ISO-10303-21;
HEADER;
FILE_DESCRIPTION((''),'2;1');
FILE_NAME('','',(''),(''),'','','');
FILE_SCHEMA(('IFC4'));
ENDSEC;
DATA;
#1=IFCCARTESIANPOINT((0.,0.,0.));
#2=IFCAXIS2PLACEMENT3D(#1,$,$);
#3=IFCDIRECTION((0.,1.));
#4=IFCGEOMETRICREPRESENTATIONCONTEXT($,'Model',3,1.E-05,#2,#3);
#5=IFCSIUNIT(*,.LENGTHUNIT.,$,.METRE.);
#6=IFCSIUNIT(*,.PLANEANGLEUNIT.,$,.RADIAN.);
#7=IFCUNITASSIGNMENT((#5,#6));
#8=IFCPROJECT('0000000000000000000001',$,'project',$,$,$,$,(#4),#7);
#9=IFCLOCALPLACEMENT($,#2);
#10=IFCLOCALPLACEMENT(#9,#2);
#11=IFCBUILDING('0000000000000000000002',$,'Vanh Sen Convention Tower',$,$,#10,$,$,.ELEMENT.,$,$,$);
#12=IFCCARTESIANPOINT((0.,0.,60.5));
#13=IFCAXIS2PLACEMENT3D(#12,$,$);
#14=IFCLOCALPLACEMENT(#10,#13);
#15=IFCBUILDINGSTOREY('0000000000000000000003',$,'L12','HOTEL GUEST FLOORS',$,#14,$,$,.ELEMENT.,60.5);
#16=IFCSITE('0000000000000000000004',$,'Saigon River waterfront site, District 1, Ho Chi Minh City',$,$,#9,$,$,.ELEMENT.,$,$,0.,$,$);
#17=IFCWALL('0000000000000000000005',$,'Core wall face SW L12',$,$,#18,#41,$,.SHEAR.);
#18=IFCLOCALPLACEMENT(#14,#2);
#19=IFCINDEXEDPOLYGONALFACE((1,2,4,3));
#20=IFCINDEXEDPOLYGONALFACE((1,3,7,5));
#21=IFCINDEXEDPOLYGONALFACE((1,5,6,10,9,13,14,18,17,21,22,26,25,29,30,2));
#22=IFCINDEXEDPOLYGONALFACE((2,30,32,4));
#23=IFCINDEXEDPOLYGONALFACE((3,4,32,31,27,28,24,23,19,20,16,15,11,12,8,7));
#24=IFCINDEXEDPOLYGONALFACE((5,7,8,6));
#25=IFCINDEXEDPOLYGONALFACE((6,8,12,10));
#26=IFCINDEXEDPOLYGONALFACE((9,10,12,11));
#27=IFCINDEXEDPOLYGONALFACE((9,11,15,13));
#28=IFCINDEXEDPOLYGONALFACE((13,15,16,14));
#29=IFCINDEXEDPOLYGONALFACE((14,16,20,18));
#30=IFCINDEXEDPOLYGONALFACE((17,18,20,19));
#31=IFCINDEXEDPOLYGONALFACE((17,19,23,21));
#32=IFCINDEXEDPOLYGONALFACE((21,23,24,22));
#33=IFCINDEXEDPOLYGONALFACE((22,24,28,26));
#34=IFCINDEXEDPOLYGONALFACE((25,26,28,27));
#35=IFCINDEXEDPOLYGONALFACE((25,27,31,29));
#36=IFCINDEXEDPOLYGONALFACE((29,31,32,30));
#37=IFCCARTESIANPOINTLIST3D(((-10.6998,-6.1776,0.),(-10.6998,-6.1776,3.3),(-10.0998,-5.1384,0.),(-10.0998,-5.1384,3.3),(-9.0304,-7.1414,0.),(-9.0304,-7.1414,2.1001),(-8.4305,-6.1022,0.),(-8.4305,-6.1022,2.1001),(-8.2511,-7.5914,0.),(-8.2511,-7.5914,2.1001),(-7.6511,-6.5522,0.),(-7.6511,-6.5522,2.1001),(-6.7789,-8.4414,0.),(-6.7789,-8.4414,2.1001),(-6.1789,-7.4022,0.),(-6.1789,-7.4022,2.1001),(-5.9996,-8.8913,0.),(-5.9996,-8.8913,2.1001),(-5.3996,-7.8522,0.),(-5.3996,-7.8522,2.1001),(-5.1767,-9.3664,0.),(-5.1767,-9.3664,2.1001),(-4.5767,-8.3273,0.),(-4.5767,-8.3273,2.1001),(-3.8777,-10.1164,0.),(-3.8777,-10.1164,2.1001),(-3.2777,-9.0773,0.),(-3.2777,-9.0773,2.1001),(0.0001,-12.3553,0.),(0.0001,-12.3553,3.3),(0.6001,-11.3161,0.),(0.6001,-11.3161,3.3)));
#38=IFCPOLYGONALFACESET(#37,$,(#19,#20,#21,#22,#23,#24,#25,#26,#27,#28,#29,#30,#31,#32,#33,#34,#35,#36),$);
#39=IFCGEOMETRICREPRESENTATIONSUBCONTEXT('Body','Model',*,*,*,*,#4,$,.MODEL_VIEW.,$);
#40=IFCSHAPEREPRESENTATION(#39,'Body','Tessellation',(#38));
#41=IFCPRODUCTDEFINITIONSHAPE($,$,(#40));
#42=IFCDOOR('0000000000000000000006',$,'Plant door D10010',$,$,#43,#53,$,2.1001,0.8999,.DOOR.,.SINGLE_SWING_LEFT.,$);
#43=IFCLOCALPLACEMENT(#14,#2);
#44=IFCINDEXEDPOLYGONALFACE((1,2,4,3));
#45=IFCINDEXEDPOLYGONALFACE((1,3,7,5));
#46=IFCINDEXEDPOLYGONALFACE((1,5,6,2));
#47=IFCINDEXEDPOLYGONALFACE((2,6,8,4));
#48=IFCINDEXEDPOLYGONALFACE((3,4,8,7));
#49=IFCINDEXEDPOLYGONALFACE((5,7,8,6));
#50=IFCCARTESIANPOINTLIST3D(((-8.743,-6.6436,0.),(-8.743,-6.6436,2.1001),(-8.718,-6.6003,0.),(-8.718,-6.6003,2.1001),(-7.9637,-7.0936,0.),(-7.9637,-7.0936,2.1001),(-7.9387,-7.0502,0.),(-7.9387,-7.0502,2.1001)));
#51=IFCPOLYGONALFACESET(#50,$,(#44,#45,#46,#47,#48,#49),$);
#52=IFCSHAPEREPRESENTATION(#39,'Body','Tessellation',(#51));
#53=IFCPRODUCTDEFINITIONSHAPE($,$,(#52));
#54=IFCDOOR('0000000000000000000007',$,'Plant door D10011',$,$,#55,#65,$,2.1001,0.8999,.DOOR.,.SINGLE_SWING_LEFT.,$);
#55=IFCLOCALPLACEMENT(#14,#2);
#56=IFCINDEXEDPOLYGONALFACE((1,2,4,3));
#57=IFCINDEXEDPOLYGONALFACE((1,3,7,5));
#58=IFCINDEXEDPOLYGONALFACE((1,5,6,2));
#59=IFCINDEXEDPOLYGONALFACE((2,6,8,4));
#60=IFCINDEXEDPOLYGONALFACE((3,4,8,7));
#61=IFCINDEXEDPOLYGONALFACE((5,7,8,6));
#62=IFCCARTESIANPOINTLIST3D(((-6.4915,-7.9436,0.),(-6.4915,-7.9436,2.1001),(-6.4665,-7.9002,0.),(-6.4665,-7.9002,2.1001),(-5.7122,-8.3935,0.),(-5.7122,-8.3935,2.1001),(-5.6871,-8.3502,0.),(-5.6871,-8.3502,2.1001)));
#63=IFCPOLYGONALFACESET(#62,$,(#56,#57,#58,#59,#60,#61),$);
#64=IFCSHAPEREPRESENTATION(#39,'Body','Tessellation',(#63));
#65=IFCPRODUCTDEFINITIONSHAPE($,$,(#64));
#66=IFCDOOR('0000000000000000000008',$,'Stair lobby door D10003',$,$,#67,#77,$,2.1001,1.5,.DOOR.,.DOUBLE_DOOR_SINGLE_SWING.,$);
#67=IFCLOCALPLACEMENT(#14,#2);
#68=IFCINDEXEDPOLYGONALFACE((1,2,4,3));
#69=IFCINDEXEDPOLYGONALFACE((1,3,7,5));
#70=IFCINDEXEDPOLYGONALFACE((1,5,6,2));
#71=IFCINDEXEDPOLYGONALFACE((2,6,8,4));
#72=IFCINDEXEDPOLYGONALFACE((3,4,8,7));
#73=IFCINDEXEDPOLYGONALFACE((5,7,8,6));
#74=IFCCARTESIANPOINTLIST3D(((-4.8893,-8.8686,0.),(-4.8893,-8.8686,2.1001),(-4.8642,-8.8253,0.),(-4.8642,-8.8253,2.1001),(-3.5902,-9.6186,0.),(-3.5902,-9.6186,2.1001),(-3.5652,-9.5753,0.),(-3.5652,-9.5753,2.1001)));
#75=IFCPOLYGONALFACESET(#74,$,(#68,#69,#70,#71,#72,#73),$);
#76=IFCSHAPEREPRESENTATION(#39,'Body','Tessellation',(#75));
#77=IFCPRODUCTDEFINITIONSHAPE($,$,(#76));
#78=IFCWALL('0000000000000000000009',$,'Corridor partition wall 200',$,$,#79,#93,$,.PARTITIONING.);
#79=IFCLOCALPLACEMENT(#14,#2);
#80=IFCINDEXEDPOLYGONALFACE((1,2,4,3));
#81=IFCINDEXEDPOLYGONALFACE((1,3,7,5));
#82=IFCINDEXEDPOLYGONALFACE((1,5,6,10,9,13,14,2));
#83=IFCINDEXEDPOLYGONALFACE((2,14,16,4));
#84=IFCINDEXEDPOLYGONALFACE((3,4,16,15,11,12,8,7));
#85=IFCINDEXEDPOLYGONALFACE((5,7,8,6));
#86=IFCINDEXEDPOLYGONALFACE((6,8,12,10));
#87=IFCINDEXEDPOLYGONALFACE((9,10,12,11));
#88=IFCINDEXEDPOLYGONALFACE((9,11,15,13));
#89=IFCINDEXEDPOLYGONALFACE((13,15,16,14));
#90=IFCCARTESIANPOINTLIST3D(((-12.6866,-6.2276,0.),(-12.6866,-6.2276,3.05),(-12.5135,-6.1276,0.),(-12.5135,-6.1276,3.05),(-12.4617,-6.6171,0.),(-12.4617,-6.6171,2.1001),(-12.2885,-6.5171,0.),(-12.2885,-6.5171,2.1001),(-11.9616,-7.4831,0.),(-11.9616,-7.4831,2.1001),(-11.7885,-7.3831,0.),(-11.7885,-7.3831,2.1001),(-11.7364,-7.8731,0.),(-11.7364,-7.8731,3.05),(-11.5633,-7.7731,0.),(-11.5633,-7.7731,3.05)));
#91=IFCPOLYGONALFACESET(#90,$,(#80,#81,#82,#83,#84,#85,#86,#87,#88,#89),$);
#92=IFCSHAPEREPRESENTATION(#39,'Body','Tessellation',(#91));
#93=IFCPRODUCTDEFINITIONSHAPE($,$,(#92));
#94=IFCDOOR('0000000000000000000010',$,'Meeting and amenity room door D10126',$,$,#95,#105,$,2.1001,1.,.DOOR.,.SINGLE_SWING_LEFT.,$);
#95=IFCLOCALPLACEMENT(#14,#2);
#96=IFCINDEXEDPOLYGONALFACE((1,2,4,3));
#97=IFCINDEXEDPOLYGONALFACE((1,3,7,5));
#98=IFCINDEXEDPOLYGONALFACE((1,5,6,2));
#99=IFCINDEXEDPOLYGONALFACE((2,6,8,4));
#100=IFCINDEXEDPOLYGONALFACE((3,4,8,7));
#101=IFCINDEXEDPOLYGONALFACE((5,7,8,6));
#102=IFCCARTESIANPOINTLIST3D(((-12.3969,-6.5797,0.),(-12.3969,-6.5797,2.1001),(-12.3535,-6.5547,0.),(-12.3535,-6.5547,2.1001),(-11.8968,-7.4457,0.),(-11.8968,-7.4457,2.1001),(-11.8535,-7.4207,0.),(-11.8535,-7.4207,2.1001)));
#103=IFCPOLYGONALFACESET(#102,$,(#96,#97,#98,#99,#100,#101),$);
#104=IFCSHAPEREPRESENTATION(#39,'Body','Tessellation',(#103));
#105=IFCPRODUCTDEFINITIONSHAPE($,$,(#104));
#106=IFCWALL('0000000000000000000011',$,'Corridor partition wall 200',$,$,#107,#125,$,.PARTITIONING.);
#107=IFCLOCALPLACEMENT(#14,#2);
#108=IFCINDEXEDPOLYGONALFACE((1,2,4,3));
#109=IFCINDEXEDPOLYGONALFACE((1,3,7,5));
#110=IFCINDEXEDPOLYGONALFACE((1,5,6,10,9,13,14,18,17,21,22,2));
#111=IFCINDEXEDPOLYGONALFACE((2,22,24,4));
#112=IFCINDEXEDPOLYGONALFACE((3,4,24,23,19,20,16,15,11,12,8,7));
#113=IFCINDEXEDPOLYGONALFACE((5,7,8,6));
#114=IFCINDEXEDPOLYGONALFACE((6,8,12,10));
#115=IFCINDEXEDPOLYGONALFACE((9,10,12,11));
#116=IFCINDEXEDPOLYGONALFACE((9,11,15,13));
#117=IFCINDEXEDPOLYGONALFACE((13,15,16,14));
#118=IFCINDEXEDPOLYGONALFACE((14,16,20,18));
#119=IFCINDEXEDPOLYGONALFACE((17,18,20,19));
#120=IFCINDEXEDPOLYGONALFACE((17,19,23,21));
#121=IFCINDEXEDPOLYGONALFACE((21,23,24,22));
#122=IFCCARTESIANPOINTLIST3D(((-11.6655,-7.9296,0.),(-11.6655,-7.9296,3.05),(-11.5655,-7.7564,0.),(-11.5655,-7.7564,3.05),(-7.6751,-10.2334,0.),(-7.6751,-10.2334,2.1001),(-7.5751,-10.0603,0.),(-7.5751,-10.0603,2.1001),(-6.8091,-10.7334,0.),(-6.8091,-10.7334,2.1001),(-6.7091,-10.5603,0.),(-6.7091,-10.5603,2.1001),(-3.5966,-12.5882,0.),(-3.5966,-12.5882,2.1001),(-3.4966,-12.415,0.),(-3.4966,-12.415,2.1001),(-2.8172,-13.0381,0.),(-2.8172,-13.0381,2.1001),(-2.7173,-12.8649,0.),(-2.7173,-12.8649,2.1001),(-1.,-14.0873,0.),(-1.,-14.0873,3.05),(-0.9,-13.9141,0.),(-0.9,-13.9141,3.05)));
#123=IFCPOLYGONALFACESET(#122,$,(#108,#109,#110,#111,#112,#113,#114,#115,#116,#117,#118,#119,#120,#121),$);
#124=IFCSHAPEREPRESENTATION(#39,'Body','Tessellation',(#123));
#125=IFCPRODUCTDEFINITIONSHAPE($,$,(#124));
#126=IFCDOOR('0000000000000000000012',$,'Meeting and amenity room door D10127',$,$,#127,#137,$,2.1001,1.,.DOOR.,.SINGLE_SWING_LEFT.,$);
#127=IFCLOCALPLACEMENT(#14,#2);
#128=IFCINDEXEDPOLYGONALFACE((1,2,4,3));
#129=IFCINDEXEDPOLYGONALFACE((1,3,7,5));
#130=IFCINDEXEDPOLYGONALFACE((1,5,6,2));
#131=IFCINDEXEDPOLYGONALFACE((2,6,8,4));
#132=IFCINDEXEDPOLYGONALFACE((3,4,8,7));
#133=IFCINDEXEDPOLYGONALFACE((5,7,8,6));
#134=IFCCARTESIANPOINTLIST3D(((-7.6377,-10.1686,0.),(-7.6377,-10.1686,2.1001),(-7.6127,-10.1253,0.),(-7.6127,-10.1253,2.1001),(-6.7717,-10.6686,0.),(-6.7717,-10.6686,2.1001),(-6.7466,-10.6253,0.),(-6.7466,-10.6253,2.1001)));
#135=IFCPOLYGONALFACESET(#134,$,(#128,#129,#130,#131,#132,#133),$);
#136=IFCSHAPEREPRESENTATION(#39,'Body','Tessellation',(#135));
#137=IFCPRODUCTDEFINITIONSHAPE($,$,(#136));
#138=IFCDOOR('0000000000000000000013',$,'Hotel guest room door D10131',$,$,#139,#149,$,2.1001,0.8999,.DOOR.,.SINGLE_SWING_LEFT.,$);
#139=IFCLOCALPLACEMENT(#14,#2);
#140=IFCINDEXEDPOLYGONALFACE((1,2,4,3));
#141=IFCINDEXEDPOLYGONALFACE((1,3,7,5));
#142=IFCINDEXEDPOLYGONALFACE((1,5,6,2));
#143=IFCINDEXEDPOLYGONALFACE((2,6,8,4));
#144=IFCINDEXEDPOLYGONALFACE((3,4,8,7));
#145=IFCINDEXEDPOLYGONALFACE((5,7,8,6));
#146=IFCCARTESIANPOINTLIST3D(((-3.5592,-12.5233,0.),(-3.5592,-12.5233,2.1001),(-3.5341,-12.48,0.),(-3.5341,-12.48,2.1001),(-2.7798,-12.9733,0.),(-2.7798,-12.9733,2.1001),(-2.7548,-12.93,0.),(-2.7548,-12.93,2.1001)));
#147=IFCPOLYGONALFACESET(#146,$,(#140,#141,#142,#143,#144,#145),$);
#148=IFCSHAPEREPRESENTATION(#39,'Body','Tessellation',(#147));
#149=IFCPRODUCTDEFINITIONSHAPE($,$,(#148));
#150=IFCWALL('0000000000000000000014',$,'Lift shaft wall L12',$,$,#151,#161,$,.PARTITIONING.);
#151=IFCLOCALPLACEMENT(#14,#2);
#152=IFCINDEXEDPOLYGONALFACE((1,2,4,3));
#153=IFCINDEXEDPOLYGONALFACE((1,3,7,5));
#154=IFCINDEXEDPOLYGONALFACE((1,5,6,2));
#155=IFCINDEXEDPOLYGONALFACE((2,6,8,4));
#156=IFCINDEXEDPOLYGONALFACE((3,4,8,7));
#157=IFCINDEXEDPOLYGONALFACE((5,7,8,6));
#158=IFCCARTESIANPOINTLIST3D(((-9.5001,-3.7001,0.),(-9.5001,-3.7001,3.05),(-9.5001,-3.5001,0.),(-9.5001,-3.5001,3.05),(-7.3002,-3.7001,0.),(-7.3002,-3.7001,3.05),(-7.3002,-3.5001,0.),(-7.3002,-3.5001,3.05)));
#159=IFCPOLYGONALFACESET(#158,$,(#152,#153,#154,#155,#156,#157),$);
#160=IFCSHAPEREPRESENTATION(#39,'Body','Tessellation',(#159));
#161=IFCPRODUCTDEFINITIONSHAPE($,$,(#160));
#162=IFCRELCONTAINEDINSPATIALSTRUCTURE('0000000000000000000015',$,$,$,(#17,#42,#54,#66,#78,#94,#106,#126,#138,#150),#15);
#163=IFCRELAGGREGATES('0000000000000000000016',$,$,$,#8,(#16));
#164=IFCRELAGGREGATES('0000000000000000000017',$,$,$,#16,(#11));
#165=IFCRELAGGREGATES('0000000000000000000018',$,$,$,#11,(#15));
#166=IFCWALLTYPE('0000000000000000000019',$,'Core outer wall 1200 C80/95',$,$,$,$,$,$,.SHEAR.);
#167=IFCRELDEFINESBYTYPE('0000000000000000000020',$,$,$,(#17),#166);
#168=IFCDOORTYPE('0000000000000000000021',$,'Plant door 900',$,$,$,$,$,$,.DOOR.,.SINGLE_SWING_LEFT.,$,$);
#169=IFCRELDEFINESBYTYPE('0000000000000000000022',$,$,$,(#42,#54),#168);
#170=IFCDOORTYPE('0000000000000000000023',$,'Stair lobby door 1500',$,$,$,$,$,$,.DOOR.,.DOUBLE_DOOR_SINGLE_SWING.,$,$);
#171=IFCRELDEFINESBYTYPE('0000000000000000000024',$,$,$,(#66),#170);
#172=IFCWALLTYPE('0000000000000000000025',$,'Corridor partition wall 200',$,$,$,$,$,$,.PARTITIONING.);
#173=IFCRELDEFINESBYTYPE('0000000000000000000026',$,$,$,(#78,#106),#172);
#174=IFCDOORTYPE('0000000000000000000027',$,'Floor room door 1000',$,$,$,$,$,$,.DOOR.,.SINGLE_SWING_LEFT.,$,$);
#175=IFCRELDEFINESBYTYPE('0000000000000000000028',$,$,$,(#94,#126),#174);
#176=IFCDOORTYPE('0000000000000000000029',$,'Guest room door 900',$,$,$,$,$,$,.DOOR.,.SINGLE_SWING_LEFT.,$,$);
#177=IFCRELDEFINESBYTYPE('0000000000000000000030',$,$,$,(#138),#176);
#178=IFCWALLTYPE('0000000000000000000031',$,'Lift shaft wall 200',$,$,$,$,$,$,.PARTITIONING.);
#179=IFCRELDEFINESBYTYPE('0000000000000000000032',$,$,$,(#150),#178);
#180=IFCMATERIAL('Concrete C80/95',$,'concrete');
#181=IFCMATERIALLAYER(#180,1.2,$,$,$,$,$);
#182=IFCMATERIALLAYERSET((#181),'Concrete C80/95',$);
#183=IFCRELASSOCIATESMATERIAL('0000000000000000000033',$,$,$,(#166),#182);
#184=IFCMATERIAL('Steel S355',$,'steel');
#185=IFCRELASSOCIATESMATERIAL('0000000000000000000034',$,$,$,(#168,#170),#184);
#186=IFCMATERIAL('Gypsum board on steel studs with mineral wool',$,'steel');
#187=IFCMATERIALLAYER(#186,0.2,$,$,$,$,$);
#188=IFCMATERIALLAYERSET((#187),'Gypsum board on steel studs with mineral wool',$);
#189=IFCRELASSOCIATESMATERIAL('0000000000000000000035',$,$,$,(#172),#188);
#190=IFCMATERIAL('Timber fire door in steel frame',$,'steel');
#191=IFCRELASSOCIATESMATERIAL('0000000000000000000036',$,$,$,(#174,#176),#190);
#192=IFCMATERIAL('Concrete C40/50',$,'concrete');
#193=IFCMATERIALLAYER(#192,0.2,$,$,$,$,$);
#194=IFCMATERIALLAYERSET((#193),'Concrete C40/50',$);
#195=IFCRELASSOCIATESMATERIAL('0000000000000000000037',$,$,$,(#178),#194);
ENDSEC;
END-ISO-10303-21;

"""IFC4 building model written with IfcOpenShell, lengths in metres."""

from ifc_helpers import new_model, si_unit, direction, frame, frame_2d, origin, place, context, subcontext, project, spatial, rectangle, extrude, material, layer, layer_set, type_object, element, fill, save


model = new_model("IFC4")

# Units and contexts
model_context = context("Model", 3, precision=1e-05, world=origin(), true_north=direction((0.0, 1.0)))
body_context = subcontext(model_context, "Body", "Model", "MODEL_VIEW")
ifc_project = project(units=[si_unit("LENGTHUNIT", "METRE"), si_unit("PLANEANGLEUNIT", "RADIAN")], contexts=[model_context])

# Site, building, storey
site_placement = place(None, origin())
site = spatial("IfcSite", under=ifc_project, at=site_placement, Name="Saigon River waterfront site, District 1, Ho Chi Minh City", CompositionType="ELEMENT", RefElevation=0.0)
building_placement = place(site_placement, origin())
building = spatial("IfcBuilding", under=site, at=building_placement, Name="Vanh Sen Convention Tower", CompositionType="ELEMENT")
storey_placement = place(building_placement, frame((0.0, 0.0, 60.5)))
storey = spatial("IfcBuildingStorey", under=building, at=storey_placement, Name="L12", Description="HOTEL GUEST FLOORS", CompositionType="ELEMENT", Elevation=60.5)

# Wall, openings, doors
ifc_material_1 = material(Name="Concrete C80/95", Category="concrete")
ifc_layer_1 = layer(ifc_material_1, 1.2)
ifc_layer_set_1 = layer_set([ifc_layer_1], Name="Concrete C80/95")
wall_type_1 = type_object("IfcWallType", Name="Core outer wall 1200 C80/95", PredefinedType="SHEAR", material=ifc_layer_set_1)
wall_1_placement = place(storey_placement, frame((-10.3999, -5.658, 0.0), z_axis=(0.0, 0.0, 1.0), x_axis=(0.866021, -0.500007, 0.0)))
wall_1 = element("IfcWall", 1, at=wall_1_placement, inside=storey, type_object=wall_type_1, Name="Core wall face SW L12", PredefinedType="SHEAR", context=body_context, shape_type="SweptSolid", body=[
    extrude(rectangle(XDim=12.3552, YDim=1.2, at=frame_2d((6.1777, 0.0))), origin(), (0.0, 0.0, 1.0), 3.3),
])
opening_1_placement = place(wall_1_placement, frame((6.3777, 0.0, 0.0)))
opening_1 = element("IfcOpeningElement", 2, at=opening_1_placement, cuts=wall_1, PredefinedType="OPENING", context=body_context, shape_type="SweptSolid", body=[
    extrude(rectangle(XDim=1.5, YDim=2.1001, at=frame_2d((0.75, 1.05))), frame((0.0, 0.6099, 0.0), z_axis=(0.0, -1.0, 0.0), x_axis=(1.0, 0.0, 0.0)), (0.0, 0.0, 1.0), 1.22),
])
opening_2_placement = place(wall_1_placement, frame((1.9277, 0.0, 0.0)))
opening_2 = element("IfcOpeningElement", 3, at=opening_2_placement, cuts=wall_1, PredefinedType="OPENING", context=body_context, shape_type="SweptSolid", body=[
    extrude(rectangle(XDim=0.8999, YDim=2.1001, at=frame_2d((0.45, 1.05))), frame((0.0, 0.6099, 0.0), z_axis=(0.0, -1.0, 0.0), x_axis=(1.0, 0.0, 0.0)), (0.0, 0.0, 1.0), 1.22),
])
opening_3_placement = place(wall_1_placement, frame((4.5276, 0.0, 0.0)))
opening_3 = element("IfcOpeningElement", 4, at=opening_3_placement, cuts=wall_1, PredefinedType="OPENING", context=body_context, shape_type="SweptSolid", body=[
    extrude(rectangle(XDim=0.8999, YDim=2.1001, at=frame_2d((0.45, 1.05))), frame((0.0, 0.6099, 0.0), z_axis=(0.0, -1.0, 0.0), x_axis=(1.0, 0.0, 0.0)), (0.0, 0.0, 1.0), 1.22),
])
ifc_material_2 = material(Name="Steel S355", Category="steel")
door_type_1 = type_object("IfcDoorType", Name="Plant door 900", OperationType="SINGLE_SWING_LEFT", PredefinedType="DOOR", material=ifc_material_2)
door_1_placement = place(opening_2_placement, origin())
door_1 = element("IfcDoor", 5, at=door_1_placement, inside=storey, type_object=door_type_1, Name="Plant door D10010", OperationType="SINGLE_SWING_LEFT", OverallHeight=2.1001, OverallWidth=0.8999, PredefinedType="DOOR", context=body_context, shape_type="SweptSolid", body=[
    extrude(rectangle(XDim=0.8999, YDim=2.1001, at=frame_2d((0.45, 1.05))), frame((0.0, 0.0249, 0.0), z_axis=(0.0, -1.0, 0.0), x_axis=(1.0, 0.0, 0.0)), (0.0, 0.0, 1.0), 0.05),
])
fill(opening_2, door_1)
door_2_placement = place(opening_3_placement, origin())
door_2 = element("IfcDoor", 6, at=door_2_placement, inside=storey, type_object=door_type_1, Name="Plant door D10011", OperationType="SINGLE_SWING_LEFT", OverallHeight=2.1001, OverallWidth=0.8999, PredefinedType="DOOR", context=body_context, shape_type="SweptSolid", body=[
    extrude(rectangle(XDim=0.8999, YDim=2.1001, at=frame_2d((0.45, 1.05))), frame((0.0, 0.0249, 0.0), z_axis=(0.0, -1.0, 0.0), x_axis=(1.0, 0.0, 0.0)), (0.0, 0.0, 1.0), 0.05),
])
fill(opening_3, door_2)
door_type_2 = type_object("IfcDoorType", Name="Stair lobby door 1500", OperationType="DOUBLE_DOOR_SINGLE_SWING", PredefinedType="DOOR", material=ifc_material_2)
door_3_placement = place(opening_1_placement, origin())
door_3 = element("IfcDoor", 7, at=door_3_placement, inside=storey, type_object=door_type_2, Name="Stair lobby door D10003", OperationType="DOUBLE_DOOR_SINGLE_SWING", OverallHeight=2.1001, OverallWidth=1.5, PredefinedType="DOOR", context=body_context, shape_type="SweptSolid", body=[
    extrude(rectangle(XDim=1.5, YDim=2.1001, at=frame_2d((0.75, 1.05))), frame((0.0, 0.0249, 0.0), z_axis=(0.0, -1.0, 0.0), x_axis=(1.0, 0.0, 0.0)), (0.0, 0.0, 1.0), 0.05),
])
fill(opening_1, door_3)

# Wall, opening, door
ifc_material_3 = material(Name="Gypsum board on steel studs with mineral wool", Category="steel")
ifc_layer_2 = layer(ifc_material_3, 0.2)
ifc_layer_set_2 = layer_set([ifc_layer_2], Name="Gypsum board on steel studs with mineral wool")
wall_type_2 = type_object("IfcWallType", Name="Corridor partition wall 200", PredefinedType="PARTITIONING", material=ifc_layer_set_2)
wall_2_placement = place(storey_placement, frame((-12.6001, -6.1775, 0.0), z_axis=(0.0, 0.0, 1.0), x_axis=(0.500064, -0.865989, 0.0)))
wall_2 = element("IfcWall", 8, at=wall_2_placement, inside=storey, type_object=wall_type_2, Name="Corridor partition wall 200", PredefinedType="PARTITIONING", context=body_context, shape_type="SweptSolid", body=[
    extrude(rectangle(XDim=1.9001, YDim=0.2, at=frame_2d((0.9502, 0.0))), origin(), (0.0, 0.0, 1.0), 3.05),
])
opening_4_placement = place(wall_2_placement, frame((0.45, 0.0, 0.0)))
opening_4 = element("IfcOpeningElement", 9, at=opening_4_placement, cuts=wall_2, PredefinedType="OPENING", context=body_context, shape_type="SweptSolid", body=[
    extrude(rectangle(XDim=1.0, YDim=2.1001, at=frame_2d((0.5, 1.05))), frame((0.0, 0.1099, 0.0), z_axis=(0.0, -1.0, 0.0), x_axis=(1.0, 0.0, 0.0)), (0.0, 0.0, 1.0), 0.22),
])
ifc_material_4 = material(Name="Timber fire door in steel frame", Category="steel")
door_type_3 = type_object("IfcDoorType", Name="Floor room door 1000", OperationType="SINGLE_SWING_LEFT", PredefinedType="DOOR", material=ifc_material_4)
door_4_placement = place(opening_4_placement, origin())
door_4 = element("IfcDoor", 10, at=door_4_placement, inside=storey, type_object=door_type_3, Name="Meeting and amenity room door D10126", OperationType="SINGLE_SWING_LEFT", OverallHeight=2.1001, OverallWidth=1.0, PredefinedType="DOOR", context=body_context, shape_type="SweptSolid", body=[
    extrude(rectangle(XDim=1.0, YDim=2.1001, at=frame_2d((0.5, 1.05))), frame((0.0, 0.0249, 0.0), z_axis=(0.0, -1.0, 0.0), x_axis=(1.0, 0.0, 0.0)), (0.0, 0.0, 1.0), 0.05),
])
fill(opening_4, door_4)

# Wall, openings, doors
wall_3_placement = place(storey_placement, frame((-11.6155, -7.843, 0.0), z_axis=(0.0, 0.0, 1.0), x_axis=(0.866026, -0.499998, 0.0)))
wall_3 = element("IfcWall", 11, at=wall_3_placement, inside=storey, type_object=wall_type_2, Name="Corridor partition wall 200", PredefinedType="PARTITIONING", context=body_context, shape_type="SweptSolid", body=[
    extrude(rectangle(XDim=12.3154, YDim=0.2, at=frame_2d((6.1577, 0.0))), origin(), (0.0, 0.0, 1.0), 3.05),
])
opening_5_placement = place(wall_3_placement, frame((4.6077, 0.0, 0.0)))
opening_5 = element("IfcOpeningElement", 12, at=opening_5_placement, cuts=wall_3, PredefinedType="OPENING", context=body_context, shape_type="SweptSolid", body=[
    extrude(rectangle(XDim=1.0, YDim=2.1001, at=frame_2d((0.5, 1.05))), frame((0.0, 0.1099, 0.0), z_axis=(0.0, -1.0, 0.0), x_axis=(1.0, 0.0, 0.0)), (0.0, 0.0, 1.0), 0.22),
])
opening_6_placement = place(wall_3_placement, frame((9.3171, 0.0, 0.0)))
opening_6 = element("IfcOpeningElement", 13, at=opening_6_placement, cuts=wall_3, PredefinedType="OPENING", context=body_context, shape_type="SweptSolid", body=[
    extrude(rectangle(XDim=0.8999, YDim=2.1001, at=frame_2d((0.45, 1.05))), frame((0.0, 0.1099, 0.0), z_axis=(0.0, -1.0, 0.0), x_axis=(1.0, 0.0, 0.0)), (0.0, 0.0, 1.0), 0.22),
])
door_5_placement = place(opening_5_placement, origin())
door_5 = element("IfcDoor", 14, at=door_5_placement, inside=storey, type_object=door_type_3, Name="Meeting and amenity room door D10127", OperationType="SINGLE_SWING_LEFT", OverallHeight=2.1001, OverallWidth=1.0, PredefinedType="DOOR", context=body_context, shape_type="SweptSolid", body=[
    extrude(rectangle(XDim=1.0, YDim=2.1001, at=frame_2d((0.5, 1.05))), frame((0.0, 0.0249, 0.0), z_axis=(0.0, -1.0, 0.0), x_axis=(1.0, 0.0, 0.0)), (0.0, 0.0, 1.0), 0.05),
])
fill(opening_5, door_5)
door_type_4 = type_object("IfcDoorType", Name="Guest room door 900", OperationType="SINGLE_SWING_LEFT", PredefinedType="DOOR", material=ifc_material_4)
door_6_placement = place(opening_6_placement, origin())
door_6 = element("IfcDoor", 15, at=door_6_placement, inside=storey, type_object=door_type_4, Name="Hotel guest room door D10131", OperationType="SINGLE_SWING_LEFT", OverallHeight=2.1001, OverallWidth=0.8999, PredefinedType="DOOR", context=body_context, shape_type="SweptSolid", body=[
    extrude(rectangle(XDim=0.8999, YDim=2.1001, at=frame_2d((0.45, 1.05))), frame((0.0, 0.0249, 0.0), z_axis=(0.0, -1.0, 0.0), x_axis=(1.0, 0.0, 0.0)), (0.0, 0.0, 1.0), 0.05),
])
fill(opening_6, door_6)

# Wall
ifc_material_5 = material(Name="Concrete C40/50", Category="concrete")
ifc_layer_3 = layer(ifc_material_5, 0.2)
ifc_layer_set_3 = layer_set([ifc_layer_3], Name="Concrete C40/50")
wall_type_3 = type_object("IfcWallType", Name="Lift shaft wall 200", PredefinedType="PARTITIONING", material=ifc_layer_set_3)
wall_4_placement = place(storey_placement, frame((-7.3, -3.6001, 0.0), z_axis=(0.0, 0.0, 1.0), x_axis=(-1.0, 0.0, 0.0)))
element("IfcWall", 16, at=wall_4_placement, inside=storey, type_object=wall_type_3, Name="Lift shaft wall L12", PredefinedType="PARTITIONING", context=body_context, shape_type="SweptSolid", body=[
    extrude(rectangle(XDim=2.2, YDim=0.2, at=frame_2d((1.1001, 0.0))), origin(), (0.0, 0.0, 1.0), 3.05),
])

save(model, "model.ifc")
